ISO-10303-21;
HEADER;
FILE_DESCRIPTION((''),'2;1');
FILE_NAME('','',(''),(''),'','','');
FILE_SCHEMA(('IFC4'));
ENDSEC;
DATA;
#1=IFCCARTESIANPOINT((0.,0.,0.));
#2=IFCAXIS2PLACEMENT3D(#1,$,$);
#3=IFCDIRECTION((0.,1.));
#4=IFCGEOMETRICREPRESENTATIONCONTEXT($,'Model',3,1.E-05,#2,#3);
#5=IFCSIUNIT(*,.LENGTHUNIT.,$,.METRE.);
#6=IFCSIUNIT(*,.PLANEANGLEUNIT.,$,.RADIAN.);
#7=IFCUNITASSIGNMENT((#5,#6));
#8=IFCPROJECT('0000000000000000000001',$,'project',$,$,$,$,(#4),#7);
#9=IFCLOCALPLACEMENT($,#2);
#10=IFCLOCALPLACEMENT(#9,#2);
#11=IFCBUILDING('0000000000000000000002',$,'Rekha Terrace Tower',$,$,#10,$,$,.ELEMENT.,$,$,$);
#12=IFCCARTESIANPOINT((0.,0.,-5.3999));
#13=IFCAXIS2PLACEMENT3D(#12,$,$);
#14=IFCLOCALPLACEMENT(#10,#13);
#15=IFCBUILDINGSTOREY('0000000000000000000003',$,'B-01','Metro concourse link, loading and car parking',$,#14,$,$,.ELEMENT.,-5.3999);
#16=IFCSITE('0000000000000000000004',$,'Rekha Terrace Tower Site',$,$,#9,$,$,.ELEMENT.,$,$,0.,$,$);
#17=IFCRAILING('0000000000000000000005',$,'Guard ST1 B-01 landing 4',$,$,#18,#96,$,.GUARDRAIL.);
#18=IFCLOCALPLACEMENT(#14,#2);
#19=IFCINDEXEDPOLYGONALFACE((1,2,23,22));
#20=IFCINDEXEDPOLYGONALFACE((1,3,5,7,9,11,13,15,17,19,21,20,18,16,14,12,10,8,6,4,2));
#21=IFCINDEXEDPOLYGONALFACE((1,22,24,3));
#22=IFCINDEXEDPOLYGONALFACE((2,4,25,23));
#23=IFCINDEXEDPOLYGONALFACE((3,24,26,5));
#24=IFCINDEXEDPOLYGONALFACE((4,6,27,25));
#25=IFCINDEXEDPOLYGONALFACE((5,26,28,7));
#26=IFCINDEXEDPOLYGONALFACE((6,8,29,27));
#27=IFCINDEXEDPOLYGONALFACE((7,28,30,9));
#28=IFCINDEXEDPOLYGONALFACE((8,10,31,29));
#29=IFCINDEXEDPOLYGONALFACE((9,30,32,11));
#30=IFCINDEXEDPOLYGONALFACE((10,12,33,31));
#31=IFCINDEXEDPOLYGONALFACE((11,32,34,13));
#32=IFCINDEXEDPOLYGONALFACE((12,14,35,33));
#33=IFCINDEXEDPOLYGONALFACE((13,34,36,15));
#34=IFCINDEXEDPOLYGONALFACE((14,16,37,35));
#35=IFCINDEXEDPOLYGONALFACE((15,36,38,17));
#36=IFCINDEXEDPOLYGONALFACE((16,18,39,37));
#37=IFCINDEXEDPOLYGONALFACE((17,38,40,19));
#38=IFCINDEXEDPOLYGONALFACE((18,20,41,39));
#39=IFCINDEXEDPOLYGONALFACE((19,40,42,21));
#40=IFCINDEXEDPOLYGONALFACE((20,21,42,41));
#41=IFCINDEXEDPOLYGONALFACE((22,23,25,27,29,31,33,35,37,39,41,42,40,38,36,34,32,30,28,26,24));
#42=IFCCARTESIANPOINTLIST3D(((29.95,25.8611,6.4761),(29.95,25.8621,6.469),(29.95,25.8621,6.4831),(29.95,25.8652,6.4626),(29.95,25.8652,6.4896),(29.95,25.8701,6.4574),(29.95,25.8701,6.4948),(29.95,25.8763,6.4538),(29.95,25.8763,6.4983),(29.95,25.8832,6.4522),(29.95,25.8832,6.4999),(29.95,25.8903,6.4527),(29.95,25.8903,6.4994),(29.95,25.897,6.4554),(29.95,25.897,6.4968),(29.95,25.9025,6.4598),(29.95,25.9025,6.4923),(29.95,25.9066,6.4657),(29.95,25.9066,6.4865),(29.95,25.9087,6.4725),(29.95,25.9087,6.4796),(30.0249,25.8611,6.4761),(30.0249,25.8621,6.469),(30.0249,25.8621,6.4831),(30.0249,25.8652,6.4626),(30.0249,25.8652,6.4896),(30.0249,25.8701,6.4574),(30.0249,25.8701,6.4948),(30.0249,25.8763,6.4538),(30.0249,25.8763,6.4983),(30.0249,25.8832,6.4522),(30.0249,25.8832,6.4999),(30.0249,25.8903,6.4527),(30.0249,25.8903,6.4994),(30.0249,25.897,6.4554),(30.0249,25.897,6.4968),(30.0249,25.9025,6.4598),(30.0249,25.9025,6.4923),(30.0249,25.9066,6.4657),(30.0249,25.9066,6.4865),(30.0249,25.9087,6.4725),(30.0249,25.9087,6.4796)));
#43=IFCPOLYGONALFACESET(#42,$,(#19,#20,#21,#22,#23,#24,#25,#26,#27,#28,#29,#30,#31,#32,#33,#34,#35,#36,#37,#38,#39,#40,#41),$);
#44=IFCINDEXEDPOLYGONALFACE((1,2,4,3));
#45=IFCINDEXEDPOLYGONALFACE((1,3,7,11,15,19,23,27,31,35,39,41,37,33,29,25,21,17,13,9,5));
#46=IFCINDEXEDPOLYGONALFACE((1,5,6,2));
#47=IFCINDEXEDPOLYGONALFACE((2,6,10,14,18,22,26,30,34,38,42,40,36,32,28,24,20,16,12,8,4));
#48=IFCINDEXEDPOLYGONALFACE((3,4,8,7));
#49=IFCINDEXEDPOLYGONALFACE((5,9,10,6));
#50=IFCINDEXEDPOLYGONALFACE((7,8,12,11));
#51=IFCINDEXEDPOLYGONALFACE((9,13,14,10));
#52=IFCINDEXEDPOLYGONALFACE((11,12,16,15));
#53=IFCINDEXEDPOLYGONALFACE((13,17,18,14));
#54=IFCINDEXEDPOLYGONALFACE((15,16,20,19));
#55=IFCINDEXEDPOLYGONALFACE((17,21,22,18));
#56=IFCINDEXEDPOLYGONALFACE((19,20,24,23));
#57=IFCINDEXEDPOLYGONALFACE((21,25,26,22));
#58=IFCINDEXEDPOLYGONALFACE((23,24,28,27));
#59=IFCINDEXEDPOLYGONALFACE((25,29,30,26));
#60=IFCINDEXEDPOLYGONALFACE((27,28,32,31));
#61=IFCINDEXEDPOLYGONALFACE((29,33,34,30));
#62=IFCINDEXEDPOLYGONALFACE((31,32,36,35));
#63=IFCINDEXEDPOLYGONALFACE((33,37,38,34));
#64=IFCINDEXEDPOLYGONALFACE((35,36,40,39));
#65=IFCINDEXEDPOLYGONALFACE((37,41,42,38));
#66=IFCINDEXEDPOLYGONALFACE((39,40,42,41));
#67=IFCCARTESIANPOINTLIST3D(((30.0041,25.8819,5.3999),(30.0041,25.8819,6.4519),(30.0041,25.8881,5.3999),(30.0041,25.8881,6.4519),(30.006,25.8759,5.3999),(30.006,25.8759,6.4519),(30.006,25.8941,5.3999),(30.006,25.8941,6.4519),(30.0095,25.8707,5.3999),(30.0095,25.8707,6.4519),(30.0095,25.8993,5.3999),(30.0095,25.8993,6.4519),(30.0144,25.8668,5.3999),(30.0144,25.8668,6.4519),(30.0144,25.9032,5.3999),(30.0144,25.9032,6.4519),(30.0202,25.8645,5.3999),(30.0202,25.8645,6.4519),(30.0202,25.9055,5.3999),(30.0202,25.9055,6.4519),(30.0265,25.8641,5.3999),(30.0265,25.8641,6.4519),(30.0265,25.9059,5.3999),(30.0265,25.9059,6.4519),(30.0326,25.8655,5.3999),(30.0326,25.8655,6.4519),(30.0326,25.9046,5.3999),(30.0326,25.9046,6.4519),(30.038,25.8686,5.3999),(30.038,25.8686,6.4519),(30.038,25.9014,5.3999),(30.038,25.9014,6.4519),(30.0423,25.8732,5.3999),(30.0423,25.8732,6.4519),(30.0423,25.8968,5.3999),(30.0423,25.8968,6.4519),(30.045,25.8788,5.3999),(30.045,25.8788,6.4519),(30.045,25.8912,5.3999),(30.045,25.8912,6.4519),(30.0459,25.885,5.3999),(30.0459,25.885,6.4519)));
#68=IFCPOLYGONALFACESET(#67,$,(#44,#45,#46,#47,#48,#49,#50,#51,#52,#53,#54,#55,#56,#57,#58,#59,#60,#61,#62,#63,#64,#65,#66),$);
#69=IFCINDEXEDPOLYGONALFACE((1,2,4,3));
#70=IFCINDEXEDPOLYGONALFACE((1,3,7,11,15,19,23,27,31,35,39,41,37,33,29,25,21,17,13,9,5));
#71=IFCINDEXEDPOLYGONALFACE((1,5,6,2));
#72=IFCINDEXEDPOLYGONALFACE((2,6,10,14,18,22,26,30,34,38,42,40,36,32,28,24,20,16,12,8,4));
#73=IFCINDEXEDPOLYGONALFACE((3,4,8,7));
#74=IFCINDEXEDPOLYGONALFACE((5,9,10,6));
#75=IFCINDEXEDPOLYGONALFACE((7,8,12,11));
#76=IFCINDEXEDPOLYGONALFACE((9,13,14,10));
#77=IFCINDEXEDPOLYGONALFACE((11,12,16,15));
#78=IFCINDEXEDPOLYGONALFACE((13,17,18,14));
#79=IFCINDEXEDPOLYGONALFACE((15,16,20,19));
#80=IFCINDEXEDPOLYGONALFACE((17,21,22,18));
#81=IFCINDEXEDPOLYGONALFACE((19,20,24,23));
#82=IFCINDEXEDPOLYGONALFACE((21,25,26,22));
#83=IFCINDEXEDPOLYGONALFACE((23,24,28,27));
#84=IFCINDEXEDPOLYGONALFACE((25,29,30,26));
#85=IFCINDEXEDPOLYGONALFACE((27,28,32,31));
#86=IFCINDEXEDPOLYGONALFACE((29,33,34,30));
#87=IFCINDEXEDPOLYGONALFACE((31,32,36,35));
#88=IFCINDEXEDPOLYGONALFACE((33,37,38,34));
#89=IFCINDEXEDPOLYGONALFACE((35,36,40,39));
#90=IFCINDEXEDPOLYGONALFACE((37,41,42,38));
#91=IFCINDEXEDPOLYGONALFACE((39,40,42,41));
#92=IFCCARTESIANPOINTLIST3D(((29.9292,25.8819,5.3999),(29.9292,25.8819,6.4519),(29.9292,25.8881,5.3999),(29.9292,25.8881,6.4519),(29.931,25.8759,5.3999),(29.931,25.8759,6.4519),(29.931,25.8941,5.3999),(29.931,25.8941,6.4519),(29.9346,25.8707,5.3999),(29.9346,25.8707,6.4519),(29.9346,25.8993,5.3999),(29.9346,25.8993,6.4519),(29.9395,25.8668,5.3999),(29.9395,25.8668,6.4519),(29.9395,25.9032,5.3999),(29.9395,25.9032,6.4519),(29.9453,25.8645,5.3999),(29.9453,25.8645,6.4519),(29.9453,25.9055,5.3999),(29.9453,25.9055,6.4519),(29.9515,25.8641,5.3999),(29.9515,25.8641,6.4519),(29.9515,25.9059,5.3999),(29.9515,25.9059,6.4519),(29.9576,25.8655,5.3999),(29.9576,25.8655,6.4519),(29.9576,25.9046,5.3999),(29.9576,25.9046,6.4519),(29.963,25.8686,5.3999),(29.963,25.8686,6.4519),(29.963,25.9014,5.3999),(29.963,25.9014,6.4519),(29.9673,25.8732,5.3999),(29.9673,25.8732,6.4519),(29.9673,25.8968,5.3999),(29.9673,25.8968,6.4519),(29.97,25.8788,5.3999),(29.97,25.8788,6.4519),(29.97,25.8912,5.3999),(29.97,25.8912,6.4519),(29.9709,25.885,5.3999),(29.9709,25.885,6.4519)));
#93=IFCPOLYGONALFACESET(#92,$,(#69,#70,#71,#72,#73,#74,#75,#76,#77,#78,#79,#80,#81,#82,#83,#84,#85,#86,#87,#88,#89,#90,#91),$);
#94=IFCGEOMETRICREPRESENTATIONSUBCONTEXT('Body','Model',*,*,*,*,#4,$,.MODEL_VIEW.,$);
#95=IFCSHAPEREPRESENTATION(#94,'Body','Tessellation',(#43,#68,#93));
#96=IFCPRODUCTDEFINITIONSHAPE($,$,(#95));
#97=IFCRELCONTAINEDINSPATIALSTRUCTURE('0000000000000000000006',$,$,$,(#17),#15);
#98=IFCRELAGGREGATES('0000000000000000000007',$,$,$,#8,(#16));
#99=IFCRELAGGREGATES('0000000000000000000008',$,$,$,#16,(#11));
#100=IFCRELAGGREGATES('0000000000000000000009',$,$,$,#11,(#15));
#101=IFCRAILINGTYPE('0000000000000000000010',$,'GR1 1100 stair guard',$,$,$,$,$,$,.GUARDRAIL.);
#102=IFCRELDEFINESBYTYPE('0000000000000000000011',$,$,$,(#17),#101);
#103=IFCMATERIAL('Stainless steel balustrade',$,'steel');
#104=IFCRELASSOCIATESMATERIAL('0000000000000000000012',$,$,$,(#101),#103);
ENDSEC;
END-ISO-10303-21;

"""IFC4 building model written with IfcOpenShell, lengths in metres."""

from ifc_helpers import new_model, si_unit, direction, frame, origin, origin_2d, place, context, subcontext, project, spatial, circle, extrude, material, type_object, element, save


model = new_model("IFC4")

# Units and contexts
model_context = context("Model", 3, precision=1e-05, world=origin(), true_north=direction((0.0, 1.0)))
body_context = subcontext(model_context, "Body", "Model", "MODEL_VIEW")
ifc_project = project(units=[si_unit("LENGTHUNIT", "METRE"), si_unit("PLANEANGLEUNIT", "RADIAN")], contexts=[model_context])

# Site, building, storey
site_placement = place(None, origin())
site = spatial("IfcSite", under=ifc_project, at=site_placement, Name="Rekha Terrace Tower Site", CompositionType="ELEMENT", RefElevation=0.0)
building_placement = place(site_placement, origin())
building = spatial("IfcBuilding", under=site, at=building_placement, Name="Rekha Terrace Tower", CompositionType="ELEMENT")
storey_placement = place(building_placement, frame((0.0, 0.0, -5.3999)))
storey = spatial("IfcBuildingStorey", under=building, at=storey_placement, Name="B-01", Description="Metro concourse link, loading and car parking", CompositionType="ELEMENT", Elevation=-5.3999)

# Railing
ifc_material_1 = material(Name="Stainless steel balustrade", Category="steel")
railing_type_1 = type_object("IfcRailingType", Name="GR1 1100 stair guard", PredefinedType="GUARDRAIL", material=ifc_material_1)
railing_1_placement = place(storey_placement, frame((30.0249, 25.885, 5.3999)))
element("IfcRailing", 1, at=railing_1_placement, inside=storey, type_object=railing_type_1, Name="Guard ST1 B-01 landing 4", PredefinedType="GUARDRAIL", context=body_context, shape_type="SweptSolid", body=[
    extrude(circle(Radius=0.0239, at=origin_2d()), frame((0.0, 0.0, 1.0762), z_axis=(-1.0, 0.0, 0.0), x_axis=(0.0, -1.0, 0.0)), (0.0, 0.0, 1.0), 0.075),
    extrude(circle(Radius=0.021, at=origin_2d()), origin(), (0.0, 0.0, 1.0), 1.052),
    extrude(circle(Radius=0.021, at=origin_2d()), frame((-0.075, 0.0, 0.0)), (0.0, 0.0, 1.0), 1.052),
])

save(model, "model.ifc")
